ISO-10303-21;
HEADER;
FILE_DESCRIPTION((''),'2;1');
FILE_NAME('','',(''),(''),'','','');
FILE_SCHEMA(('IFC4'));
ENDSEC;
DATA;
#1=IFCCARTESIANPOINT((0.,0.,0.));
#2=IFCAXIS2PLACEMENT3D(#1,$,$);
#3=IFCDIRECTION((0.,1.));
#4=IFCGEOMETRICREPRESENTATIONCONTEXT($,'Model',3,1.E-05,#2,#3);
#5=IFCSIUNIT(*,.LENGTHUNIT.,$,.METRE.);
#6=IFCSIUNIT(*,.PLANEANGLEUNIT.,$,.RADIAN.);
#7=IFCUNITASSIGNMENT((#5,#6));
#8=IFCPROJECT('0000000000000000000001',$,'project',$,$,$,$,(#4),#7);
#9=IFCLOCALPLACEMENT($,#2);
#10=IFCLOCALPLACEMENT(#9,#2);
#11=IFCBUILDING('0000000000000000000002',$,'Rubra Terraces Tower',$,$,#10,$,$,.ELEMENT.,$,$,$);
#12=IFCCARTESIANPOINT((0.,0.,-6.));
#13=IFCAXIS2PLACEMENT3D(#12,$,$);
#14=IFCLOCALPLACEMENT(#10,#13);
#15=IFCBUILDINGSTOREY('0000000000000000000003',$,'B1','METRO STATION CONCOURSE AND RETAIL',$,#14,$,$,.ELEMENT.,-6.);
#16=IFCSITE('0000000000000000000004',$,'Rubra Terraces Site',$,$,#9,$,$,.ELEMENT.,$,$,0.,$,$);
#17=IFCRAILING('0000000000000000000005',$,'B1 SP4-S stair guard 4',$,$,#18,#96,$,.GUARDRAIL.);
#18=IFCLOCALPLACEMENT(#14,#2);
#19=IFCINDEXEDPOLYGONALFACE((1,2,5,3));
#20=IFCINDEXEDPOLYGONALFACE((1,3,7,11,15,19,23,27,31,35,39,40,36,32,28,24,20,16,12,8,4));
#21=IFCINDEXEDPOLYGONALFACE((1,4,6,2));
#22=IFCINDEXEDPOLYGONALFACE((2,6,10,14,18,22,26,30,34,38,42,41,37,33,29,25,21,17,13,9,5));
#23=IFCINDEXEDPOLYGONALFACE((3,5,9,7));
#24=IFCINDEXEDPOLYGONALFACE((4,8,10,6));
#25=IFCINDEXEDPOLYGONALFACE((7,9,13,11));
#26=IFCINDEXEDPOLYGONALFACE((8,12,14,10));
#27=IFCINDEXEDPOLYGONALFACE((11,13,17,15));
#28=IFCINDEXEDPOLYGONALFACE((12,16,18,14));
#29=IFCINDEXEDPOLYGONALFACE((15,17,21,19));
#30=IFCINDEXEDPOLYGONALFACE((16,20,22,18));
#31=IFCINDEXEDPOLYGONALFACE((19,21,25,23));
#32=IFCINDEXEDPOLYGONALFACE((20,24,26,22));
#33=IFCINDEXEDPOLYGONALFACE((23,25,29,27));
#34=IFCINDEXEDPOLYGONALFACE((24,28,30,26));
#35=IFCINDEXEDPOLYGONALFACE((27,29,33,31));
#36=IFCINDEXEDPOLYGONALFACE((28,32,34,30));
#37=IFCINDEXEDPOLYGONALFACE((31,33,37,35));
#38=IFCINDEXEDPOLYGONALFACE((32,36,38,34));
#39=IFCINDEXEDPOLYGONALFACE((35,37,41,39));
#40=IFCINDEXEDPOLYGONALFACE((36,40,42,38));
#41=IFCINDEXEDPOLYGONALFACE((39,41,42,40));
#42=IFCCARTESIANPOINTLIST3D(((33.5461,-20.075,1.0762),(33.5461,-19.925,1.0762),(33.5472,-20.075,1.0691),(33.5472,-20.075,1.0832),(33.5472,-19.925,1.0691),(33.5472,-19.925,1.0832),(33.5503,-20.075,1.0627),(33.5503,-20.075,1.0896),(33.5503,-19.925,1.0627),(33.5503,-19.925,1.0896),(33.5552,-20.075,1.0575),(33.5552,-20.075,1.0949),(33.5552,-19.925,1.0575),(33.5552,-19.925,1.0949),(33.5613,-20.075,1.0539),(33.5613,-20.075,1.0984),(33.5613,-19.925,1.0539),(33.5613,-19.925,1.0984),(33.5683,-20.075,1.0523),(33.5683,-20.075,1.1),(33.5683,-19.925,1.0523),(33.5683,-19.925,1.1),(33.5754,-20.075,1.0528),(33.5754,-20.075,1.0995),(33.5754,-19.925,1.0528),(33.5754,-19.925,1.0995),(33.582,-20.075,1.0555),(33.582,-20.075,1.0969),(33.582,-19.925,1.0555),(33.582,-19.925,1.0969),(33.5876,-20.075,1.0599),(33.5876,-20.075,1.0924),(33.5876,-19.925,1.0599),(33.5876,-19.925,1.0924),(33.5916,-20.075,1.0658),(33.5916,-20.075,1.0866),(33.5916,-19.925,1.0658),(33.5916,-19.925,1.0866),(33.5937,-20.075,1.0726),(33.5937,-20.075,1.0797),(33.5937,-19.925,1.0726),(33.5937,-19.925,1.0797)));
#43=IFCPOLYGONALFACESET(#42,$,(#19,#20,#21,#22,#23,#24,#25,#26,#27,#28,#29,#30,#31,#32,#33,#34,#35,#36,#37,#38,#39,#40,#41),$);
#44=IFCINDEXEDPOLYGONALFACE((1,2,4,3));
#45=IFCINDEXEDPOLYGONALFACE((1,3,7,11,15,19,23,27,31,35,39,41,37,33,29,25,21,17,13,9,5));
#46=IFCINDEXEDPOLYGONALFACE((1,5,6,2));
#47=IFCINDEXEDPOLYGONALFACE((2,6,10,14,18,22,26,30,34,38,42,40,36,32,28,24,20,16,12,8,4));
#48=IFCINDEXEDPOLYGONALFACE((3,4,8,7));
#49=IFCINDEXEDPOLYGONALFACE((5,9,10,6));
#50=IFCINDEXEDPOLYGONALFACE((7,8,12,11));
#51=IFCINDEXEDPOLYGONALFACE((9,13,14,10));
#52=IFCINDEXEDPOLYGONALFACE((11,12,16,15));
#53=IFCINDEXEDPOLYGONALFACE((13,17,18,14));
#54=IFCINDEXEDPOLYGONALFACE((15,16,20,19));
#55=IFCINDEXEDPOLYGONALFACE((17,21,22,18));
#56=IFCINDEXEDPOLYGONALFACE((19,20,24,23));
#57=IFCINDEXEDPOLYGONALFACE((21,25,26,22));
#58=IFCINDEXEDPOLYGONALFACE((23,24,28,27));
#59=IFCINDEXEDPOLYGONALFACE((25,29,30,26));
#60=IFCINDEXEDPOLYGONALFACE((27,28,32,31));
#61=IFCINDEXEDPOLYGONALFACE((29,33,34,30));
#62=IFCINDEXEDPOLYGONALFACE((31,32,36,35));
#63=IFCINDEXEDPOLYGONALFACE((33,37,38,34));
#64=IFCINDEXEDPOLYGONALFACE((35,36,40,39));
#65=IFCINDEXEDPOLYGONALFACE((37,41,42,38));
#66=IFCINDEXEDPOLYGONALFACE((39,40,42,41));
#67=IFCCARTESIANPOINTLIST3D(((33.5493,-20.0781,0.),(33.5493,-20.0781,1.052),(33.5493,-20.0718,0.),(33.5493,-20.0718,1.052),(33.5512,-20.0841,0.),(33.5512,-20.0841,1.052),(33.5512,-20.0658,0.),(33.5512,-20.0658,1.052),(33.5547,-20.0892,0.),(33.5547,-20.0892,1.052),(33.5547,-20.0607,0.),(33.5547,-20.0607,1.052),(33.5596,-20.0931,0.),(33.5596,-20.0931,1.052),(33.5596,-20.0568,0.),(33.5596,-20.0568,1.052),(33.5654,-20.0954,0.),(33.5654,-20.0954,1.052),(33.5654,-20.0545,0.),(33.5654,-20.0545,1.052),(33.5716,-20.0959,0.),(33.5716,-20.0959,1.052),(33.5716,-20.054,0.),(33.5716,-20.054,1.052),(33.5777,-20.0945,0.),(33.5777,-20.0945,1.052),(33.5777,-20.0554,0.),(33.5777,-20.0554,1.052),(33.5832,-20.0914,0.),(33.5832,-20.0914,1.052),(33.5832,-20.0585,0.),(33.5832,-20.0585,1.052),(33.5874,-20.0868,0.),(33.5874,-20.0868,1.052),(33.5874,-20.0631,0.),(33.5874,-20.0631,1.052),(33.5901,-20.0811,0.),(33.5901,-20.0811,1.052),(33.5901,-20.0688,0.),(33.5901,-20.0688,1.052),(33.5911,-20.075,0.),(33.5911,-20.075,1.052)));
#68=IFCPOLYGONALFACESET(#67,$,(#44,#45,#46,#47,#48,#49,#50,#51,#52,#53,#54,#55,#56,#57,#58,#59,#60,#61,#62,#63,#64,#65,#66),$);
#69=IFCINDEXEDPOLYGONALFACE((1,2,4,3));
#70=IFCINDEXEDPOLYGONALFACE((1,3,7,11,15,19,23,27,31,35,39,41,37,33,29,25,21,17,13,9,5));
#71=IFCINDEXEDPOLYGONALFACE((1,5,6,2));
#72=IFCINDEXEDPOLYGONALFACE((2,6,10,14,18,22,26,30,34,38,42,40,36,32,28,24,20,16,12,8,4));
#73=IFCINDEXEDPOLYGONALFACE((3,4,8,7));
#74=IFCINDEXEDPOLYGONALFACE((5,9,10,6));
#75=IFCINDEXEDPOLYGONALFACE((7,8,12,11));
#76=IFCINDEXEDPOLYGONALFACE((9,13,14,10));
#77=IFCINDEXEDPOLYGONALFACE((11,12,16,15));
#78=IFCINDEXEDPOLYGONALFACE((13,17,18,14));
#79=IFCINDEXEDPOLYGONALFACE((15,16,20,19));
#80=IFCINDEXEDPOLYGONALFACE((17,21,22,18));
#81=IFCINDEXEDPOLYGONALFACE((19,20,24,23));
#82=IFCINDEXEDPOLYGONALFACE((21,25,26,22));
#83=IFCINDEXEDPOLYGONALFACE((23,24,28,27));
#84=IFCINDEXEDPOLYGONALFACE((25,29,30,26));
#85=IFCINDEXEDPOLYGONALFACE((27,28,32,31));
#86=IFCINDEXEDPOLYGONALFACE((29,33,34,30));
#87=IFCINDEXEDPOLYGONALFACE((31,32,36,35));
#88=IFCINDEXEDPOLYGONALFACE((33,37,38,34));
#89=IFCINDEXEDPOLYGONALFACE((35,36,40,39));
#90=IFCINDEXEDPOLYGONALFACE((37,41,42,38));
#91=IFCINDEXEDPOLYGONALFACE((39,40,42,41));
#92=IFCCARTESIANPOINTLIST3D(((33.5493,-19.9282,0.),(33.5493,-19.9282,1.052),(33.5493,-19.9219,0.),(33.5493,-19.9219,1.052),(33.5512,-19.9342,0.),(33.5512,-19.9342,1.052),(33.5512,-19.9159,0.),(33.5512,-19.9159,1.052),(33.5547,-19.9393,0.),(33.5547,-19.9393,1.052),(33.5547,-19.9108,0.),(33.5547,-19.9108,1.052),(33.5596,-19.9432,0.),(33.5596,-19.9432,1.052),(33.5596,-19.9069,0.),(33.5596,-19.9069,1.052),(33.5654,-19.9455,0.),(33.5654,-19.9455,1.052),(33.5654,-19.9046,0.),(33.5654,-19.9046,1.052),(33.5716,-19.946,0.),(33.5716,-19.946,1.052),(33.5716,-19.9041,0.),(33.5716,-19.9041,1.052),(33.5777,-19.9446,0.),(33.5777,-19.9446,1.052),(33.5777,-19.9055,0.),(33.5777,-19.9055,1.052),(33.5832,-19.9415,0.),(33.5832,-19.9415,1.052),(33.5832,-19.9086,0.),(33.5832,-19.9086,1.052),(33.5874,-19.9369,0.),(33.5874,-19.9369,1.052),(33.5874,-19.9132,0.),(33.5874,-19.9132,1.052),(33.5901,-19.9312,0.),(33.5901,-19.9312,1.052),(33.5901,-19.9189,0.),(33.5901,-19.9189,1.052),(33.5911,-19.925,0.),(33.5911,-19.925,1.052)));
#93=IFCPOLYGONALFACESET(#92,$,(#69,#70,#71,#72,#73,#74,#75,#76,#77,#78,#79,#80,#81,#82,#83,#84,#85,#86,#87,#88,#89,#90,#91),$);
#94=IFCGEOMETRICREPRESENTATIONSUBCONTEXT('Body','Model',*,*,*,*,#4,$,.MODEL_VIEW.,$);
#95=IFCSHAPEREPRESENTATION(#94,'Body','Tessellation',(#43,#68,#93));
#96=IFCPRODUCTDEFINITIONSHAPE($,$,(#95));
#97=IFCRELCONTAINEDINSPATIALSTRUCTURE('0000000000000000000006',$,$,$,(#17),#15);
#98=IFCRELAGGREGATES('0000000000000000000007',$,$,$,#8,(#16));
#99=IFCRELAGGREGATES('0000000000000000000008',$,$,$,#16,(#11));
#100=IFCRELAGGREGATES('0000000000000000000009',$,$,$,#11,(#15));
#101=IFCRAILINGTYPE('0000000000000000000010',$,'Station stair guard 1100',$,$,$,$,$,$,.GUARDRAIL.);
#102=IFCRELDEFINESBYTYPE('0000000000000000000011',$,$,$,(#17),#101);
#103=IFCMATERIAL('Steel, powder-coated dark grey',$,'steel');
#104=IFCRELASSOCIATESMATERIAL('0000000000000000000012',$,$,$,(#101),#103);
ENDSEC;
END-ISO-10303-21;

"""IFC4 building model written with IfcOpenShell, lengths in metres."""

from ifc_helpers import new_model, si_unit, direction, frame, origin, origin_2d, place, context, subcontext, project, spatial, circle, extrude, material, type_object, element, save


model = new_model("IFC4")

# Units and contexts
model_context = context("Model", 3, precision=1e-05, world=origin(), true_north=direction((0.0, 1.0)))
body_context = subcontext(model_context, "Body", "Model", "MODEL_VIEW")
ifc_project = project(units=[si_unit("LENGTHUNIT", "METRE"), si_unit("PLANEANGLEUNIT", "RADIAN")], contexts=[model_context])

# Site, building, storey
site_placement = place(None, origin())
site = spatial("IfcSite", under=ifc_project, at=site_placement, Name="Rubra Terraces Site", CompositionType="ELEMENT", RefElevation=0.0)
building_placement = place(site_placement, origin())
building = spatial("IfcBuilding", under=site, at=building_placement, Name="Rubra Terraces Tower", CompositionType="ELEMENT")
storey_placement = place(building_placement, frame((0.0, 0.0, -6.0)))
storey = spatial("IfcBuildingStorey", under=building, at=storey_placement, Name="B1", Description="METRO STATION CONCOURSE AND RETAIL", CompositionType="ELEMENT", Elevation=-6.0)

# Railing
ifc_material_1 = material(Name="Steel, powder-coated dark grey", Category="steel")
railing_type_1 = type_object("IfcRailingType", Name="Station stair guard 1100", PredefinedType="GUARDRAIL", material=ifc_material_1)
railing_1_placement = place(storey_placement, frame((33.5701, -20.075, 0.0)))
element("IfcRailing", 1, at=railing_1_placement, inside=storey, type_object=railing_type_1, Name="B1 SP4-S stair guard 4", PredefinedType="GUARDRAIL", context=body_context, shape_type="SweptSolid", body=[
    extrude(circle(Radius=0.0239, at=origin_2d()), frame((0.0, 0.0, 1.0762), z_axis=(0.0, 1.0, 0.0), x_axis=(-1.0, 0.0, 0.0)), (0.0, 0.0, 1.0), 0.1499),
    extrude(circle(Radius=0.021, at=origin_2d()), origin(), (0.0, 0.0, 1.0), 1.052),
    extrude(circle(Radius=0.021, at=origin_2d()), frame((0.0, 0.1499, 0.0)), (0.0, 0.0, 1.0), 1.052),
])

save(model, "model.ifc")
